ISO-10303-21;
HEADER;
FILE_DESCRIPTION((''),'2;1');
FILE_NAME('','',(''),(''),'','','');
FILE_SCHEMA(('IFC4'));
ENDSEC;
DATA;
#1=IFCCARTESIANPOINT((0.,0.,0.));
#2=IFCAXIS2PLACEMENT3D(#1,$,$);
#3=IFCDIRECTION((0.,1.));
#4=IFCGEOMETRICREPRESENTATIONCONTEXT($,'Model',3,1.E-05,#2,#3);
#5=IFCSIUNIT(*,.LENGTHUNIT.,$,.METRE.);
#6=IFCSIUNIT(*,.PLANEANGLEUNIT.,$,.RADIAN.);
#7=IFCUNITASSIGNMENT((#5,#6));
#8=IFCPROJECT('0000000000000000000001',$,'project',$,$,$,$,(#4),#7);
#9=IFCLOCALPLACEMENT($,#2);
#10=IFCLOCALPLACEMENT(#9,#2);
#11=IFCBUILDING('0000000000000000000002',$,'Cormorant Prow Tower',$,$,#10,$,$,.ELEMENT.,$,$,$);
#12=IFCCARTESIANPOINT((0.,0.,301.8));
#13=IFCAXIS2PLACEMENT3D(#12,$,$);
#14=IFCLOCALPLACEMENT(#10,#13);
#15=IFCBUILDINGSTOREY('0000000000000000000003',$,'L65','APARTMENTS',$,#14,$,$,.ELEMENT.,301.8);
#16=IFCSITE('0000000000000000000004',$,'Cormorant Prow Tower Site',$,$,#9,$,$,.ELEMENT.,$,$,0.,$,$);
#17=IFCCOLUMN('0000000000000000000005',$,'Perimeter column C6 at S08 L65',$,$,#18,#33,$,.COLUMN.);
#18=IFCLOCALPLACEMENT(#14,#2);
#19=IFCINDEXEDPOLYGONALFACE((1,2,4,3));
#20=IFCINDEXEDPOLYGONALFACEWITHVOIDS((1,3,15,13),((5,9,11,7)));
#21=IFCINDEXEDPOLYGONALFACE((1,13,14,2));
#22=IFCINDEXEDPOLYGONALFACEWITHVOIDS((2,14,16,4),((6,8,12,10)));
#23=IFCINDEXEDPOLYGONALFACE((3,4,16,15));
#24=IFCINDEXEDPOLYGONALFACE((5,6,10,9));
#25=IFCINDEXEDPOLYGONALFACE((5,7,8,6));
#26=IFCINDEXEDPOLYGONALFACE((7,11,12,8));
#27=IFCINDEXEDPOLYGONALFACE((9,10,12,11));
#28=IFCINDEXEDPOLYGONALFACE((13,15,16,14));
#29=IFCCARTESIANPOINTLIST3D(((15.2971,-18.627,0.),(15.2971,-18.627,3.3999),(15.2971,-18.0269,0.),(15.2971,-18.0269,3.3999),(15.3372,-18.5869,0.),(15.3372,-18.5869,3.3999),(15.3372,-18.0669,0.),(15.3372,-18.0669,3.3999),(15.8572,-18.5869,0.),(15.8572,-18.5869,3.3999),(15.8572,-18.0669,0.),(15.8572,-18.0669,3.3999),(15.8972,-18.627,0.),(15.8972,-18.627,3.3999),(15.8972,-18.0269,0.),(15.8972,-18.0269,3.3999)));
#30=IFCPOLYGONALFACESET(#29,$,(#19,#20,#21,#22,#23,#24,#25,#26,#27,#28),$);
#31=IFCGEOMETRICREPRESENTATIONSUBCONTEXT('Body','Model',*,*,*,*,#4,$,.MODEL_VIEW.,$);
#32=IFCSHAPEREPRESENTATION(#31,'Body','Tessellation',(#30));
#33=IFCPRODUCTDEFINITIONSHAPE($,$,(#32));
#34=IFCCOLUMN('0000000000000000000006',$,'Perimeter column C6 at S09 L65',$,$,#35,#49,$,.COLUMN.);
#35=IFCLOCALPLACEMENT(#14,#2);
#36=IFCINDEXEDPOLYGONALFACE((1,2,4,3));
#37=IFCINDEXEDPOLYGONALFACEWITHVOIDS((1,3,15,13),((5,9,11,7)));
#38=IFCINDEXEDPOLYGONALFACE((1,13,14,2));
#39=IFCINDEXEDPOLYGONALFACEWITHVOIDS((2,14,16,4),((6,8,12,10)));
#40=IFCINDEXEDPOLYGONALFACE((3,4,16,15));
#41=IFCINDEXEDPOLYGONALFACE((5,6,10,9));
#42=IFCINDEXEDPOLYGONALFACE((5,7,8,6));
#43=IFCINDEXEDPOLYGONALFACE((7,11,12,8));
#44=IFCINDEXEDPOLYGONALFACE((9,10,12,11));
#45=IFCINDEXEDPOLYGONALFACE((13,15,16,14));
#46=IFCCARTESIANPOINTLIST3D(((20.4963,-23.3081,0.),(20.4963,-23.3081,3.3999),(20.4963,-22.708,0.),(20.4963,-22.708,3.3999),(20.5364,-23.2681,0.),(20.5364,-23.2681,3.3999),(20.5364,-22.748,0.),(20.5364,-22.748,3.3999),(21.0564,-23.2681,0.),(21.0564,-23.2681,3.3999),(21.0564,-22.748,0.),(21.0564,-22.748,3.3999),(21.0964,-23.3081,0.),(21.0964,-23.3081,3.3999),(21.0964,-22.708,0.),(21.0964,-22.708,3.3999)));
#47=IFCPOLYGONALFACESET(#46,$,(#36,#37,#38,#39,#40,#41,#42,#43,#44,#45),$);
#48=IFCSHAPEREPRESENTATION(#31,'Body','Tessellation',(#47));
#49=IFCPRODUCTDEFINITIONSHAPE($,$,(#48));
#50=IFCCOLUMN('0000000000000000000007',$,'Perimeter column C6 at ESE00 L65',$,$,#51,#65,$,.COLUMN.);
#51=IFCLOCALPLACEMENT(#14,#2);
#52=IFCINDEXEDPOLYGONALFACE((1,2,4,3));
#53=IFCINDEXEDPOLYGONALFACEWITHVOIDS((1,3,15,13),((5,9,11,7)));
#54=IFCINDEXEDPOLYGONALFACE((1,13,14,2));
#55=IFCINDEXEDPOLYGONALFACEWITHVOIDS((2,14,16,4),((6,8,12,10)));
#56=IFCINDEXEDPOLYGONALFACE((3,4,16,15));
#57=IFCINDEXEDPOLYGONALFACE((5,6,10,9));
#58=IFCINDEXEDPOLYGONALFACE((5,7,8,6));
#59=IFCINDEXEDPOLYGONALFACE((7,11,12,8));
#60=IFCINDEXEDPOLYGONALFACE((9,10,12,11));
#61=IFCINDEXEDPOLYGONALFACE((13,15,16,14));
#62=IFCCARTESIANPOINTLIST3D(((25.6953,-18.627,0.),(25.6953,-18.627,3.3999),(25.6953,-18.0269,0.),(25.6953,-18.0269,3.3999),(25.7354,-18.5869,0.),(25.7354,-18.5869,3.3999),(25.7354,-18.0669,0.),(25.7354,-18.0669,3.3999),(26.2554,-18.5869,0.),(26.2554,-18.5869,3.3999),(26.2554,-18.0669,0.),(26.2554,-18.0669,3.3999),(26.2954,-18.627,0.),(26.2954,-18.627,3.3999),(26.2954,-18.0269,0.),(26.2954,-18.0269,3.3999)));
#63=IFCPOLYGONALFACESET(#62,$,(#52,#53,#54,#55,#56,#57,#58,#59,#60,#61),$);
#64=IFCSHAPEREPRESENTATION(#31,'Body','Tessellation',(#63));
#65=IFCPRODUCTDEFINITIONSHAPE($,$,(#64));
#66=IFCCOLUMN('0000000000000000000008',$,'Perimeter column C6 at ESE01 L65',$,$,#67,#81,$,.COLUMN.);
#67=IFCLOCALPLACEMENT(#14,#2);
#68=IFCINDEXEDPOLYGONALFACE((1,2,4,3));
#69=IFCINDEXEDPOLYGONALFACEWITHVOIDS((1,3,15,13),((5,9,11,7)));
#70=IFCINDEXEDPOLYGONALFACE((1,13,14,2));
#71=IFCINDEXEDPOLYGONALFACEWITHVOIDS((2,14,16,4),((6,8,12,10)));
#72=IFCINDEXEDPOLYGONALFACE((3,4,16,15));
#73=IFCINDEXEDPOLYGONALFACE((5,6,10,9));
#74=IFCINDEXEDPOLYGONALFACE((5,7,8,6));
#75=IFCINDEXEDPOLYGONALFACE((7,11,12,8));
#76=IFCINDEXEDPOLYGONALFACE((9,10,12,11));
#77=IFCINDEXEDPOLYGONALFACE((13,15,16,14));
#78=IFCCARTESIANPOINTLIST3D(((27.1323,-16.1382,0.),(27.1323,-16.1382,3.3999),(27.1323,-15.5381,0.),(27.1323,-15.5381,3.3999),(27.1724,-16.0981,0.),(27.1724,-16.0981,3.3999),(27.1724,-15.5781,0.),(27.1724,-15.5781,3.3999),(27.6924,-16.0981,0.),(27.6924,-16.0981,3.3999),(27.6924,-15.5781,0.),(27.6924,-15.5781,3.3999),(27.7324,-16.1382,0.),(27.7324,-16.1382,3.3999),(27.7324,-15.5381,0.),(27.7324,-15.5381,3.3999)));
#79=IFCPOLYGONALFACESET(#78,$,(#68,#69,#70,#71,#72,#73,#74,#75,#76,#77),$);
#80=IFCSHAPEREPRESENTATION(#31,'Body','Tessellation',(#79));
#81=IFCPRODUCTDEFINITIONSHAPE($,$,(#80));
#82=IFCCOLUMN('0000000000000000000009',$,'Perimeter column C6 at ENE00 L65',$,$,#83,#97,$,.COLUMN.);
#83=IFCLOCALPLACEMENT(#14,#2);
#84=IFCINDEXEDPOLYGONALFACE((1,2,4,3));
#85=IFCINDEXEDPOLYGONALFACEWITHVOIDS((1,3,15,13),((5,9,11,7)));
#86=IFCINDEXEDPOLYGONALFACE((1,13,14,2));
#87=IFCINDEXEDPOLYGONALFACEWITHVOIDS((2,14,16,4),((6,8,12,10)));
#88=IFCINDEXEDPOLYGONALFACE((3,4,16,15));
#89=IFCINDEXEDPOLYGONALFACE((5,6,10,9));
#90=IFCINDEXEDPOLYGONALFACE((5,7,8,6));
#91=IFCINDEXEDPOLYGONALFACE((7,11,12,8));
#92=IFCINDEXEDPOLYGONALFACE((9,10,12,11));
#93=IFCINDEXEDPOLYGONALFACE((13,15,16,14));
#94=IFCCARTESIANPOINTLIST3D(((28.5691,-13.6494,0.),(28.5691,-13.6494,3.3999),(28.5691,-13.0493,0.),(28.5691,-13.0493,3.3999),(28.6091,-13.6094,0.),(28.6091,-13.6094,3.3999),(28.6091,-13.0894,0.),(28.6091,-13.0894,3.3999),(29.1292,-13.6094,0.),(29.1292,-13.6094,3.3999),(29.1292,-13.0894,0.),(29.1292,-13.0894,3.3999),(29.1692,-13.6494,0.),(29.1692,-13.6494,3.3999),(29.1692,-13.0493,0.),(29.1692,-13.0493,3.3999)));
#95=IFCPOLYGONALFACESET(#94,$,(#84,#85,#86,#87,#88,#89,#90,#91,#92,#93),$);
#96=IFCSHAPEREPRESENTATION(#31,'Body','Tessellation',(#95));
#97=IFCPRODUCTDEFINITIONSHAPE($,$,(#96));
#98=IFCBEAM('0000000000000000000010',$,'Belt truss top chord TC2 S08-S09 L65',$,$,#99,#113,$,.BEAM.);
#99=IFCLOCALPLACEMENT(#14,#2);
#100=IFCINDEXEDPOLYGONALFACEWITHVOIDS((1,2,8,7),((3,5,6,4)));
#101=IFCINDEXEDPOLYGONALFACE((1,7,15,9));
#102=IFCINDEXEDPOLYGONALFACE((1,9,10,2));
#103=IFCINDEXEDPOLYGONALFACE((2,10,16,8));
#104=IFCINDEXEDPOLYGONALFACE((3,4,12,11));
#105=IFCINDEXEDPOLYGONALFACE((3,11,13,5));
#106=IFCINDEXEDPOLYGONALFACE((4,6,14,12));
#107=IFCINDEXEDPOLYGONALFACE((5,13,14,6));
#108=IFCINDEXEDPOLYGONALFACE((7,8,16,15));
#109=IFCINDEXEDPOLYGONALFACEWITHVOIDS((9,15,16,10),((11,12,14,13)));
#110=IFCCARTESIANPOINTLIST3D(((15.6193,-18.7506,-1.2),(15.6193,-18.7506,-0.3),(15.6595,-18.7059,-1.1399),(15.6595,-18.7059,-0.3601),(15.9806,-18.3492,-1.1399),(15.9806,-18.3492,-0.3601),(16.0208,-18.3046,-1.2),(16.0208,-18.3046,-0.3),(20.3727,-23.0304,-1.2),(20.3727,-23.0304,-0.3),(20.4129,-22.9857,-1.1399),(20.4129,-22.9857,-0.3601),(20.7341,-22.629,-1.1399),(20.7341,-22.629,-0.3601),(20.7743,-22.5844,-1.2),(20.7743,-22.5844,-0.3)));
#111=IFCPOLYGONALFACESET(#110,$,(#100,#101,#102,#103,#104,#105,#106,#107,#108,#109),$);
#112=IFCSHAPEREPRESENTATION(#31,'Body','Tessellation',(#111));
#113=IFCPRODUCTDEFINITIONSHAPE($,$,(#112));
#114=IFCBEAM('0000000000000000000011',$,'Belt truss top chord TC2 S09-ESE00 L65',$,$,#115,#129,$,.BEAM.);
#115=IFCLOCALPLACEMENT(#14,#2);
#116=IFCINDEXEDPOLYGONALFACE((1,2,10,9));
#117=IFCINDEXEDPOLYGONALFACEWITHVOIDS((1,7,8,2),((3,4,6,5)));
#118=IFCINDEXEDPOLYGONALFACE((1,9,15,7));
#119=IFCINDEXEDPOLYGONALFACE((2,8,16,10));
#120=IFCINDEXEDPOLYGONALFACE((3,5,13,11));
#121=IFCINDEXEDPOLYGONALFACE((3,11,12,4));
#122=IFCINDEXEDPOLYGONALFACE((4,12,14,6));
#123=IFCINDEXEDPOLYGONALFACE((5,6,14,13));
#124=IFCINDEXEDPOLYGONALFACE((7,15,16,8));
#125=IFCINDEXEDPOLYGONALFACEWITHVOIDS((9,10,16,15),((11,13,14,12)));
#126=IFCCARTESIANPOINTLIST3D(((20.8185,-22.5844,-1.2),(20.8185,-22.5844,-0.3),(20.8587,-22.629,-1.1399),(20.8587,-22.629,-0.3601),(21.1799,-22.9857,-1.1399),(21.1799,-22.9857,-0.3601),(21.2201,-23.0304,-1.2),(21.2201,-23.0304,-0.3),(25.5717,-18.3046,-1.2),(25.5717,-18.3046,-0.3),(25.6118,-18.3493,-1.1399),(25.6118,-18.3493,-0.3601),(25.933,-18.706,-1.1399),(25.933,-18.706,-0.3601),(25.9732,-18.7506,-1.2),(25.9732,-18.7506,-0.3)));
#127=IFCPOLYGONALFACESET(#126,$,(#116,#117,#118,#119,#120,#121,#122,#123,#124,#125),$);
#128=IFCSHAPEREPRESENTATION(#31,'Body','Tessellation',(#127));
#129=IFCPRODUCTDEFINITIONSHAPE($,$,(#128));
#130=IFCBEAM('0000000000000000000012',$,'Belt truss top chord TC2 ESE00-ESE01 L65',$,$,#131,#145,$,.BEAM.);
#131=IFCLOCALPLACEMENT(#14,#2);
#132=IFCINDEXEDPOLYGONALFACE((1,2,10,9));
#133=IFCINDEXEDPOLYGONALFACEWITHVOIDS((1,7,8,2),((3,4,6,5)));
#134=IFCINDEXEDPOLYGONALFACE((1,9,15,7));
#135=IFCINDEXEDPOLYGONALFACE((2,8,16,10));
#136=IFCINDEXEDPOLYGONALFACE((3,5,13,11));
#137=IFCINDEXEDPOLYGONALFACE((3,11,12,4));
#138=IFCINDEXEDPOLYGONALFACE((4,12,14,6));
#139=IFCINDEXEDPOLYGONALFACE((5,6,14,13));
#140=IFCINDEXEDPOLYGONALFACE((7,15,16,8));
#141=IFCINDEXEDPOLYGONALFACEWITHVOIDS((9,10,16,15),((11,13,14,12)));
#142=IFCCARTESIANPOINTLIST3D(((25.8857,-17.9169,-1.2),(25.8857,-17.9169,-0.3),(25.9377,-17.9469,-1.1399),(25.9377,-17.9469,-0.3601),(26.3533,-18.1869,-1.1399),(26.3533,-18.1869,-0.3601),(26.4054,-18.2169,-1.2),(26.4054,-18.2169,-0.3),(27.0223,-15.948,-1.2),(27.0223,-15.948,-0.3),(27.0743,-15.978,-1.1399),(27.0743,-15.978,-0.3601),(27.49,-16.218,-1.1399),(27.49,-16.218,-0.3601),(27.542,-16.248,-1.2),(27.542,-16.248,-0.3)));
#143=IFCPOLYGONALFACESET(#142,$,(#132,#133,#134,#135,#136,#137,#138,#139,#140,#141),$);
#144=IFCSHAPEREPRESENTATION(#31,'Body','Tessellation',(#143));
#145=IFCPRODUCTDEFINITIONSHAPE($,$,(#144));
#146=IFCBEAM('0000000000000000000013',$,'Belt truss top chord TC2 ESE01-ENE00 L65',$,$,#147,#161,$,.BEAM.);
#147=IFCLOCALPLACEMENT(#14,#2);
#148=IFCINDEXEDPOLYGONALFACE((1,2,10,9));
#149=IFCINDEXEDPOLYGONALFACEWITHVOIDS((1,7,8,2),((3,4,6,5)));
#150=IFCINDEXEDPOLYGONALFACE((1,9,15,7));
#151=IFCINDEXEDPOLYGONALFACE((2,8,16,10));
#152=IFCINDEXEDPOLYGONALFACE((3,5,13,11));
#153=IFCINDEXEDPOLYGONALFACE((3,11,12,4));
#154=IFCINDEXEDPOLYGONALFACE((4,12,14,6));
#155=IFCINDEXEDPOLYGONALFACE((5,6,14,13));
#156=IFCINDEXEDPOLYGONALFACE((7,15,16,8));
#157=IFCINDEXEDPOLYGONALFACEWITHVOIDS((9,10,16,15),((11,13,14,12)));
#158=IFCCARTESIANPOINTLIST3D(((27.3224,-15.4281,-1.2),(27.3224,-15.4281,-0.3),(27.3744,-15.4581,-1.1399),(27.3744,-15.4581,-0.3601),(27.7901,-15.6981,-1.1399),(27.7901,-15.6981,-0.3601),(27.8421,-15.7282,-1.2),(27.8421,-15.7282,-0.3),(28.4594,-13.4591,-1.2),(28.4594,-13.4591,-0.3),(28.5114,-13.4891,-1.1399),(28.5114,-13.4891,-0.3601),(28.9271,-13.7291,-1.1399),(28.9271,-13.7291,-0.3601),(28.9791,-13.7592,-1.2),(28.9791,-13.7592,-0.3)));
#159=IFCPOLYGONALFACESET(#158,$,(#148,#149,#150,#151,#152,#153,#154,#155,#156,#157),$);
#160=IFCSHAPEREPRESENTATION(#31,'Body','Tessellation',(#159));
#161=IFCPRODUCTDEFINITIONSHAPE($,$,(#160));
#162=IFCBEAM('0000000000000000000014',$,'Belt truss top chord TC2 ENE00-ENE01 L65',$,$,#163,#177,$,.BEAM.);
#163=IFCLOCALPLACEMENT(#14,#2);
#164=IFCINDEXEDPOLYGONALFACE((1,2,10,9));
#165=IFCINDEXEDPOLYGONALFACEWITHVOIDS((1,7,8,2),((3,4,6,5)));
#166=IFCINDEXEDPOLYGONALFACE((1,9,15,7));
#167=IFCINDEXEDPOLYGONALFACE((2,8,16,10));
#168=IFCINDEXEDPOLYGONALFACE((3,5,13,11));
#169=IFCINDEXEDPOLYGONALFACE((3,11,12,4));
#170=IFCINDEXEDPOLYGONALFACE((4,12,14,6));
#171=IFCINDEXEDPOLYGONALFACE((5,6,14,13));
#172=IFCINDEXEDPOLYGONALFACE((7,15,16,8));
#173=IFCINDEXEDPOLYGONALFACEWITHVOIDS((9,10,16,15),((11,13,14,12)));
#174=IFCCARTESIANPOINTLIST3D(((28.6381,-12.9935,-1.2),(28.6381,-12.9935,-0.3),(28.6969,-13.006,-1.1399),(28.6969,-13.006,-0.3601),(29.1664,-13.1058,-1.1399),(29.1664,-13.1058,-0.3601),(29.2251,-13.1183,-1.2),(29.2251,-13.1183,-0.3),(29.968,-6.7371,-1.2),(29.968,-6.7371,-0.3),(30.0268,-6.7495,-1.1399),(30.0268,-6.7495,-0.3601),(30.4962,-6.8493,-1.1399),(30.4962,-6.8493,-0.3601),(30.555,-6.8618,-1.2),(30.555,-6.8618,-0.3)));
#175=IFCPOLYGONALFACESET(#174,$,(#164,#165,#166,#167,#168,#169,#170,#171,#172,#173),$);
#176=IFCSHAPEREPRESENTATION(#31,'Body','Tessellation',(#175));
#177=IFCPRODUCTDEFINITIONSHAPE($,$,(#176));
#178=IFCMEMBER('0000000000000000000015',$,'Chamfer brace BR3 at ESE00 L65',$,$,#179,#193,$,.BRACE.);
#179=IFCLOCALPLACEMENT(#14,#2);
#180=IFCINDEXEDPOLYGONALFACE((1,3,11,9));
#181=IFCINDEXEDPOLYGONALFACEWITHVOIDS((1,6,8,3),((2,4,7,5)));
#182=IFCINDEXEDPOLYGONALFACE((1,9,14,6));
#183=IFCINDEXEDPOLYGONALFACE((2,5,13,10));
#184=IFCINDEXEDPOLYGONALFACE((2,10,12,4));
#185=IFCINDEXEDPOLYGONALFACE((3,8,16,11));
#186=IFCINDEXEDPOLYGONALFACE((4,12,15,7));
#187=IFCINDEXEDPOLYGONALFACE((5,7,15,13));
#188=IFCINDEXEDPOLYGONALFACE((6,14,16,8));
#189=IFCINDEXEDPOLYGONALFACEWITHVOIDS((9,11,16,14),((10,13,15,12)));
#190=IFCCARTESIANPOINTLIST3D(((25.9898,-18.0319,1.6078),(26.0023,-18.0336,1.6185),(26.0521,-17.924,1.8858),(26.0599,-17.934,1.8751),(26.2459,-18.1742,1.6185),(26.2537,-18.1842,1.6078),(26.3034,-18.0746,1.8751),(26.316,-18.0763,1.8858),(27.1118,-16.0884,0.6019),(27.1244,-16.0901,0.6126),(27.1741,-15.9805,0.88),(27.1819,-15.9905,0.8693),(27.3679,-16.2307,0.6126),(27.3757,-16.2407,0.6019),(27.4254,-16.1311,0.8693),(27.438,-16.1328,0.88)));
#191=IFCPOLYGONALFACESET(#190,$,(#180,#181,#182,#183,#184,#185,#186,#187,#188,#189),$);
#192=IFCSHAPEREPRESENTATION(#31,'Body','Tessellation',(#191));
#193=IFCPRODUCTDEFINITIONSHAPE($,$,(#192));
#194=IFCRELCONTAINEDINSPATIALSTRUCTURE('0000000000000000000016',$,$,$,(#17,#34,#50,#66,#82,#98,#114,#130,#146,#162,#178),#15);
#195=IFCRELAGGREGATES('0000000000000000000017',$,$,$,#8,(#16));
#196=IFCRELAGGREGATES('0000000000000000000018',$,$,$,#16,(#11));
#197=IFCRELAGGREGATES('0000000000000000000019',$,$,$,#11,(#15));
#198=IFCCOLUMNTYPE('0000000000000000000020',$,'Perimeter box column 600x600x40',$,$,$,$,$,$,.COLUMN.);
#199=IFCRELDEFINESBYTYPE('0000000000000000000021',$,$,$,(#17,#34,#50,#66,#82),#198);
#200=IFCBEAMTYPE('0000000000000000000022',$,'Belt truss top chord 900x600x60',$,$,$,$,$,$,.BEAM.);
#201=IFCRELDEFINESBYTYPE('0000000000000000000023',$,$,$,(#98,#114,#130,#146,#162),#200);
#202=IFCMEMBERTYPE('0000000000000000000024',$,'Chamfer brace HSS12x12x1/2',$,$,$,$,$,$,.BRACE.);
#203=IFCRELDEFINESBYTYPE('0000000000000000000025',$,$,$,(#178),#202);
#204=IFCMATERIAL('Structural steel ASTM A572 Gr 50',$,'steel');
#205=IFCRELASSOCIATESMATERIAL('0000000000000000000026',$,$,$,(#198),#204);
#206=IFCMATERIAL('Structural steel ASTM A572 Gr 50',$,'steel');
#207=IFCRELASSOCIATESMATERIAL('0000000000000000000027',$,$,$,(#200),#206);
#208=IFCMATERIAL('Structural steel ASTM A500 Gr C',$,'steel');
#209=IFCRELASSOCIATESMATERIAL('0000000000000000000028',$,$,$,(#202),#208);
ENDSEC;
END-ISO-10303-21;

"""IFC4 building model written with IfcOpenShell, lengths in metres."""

from ifc_helpers import new_model, si_unit, direction, frame, origin, origin_2d, place, context, subcontext, project, spatial, hollow_rectangle, extrude, material, material_profile, profile_set, type_object, element, save


model = new_model("IFC4")

# Units and contexts
model_context = context("Model", 3, precision=1e-05, world=origin(), true_north=direction((0.0, 1.0)))
body_context = subcontext(model_context, "Body", "Model", "MODEL_VIEW")
ifc_project = project(units=[si_unit("LENGTHUNIT", "METRE"), si_unit("PLANEANGLEUNIT", "RADIAN")], contexts=[model_context])

# Site, building, storey
site_placement = place(None, origin())
site = spatial("IfcSite", under=ifc_project, at=site_placement, Name="Cormorant Prow Tower Site", CompositionType="ELEMENT", RefElevation=0.0)
building_placement = place(site_placement, origin())
building = spatial("IfcBuilding", under=site, at=building_placement, Name="Cormorant Prow Tower", CompositionType="ELEMENT")
storey_placement = place(building_placement, frame((0.0, 0.0, 301.8)))
storey = spatial("IfcBuildingStorey", under=building, at=storey_placement, Name="L65", Description="APARTMENTS", CompositionType="ELEMENT", Elevation=301.8)

# Columns
ifc_material_1 = material(Name="Structural steel ASTM A572 Gr 50", Category="steel")
ifc_material_profile_1 = material_profile(ifc_material_1, hollow_rectangle(XDim=0.6001, YDim=0.6001, WallThickness=0.04, at=origin_2d()), Name="Box 600x600x40")
ifc_profile_set_1 = profile_set([ifc_material_profile_1], Name="Structural steel ASTM A572 Gr 50")
column_type = type_object("IfcColumnType", Name="Perimeter box column 600x600x40", PredefinedType="COLUMN", material=ifc_profile_set_1)
for number, where, z_axis, x_axis, name in (
    (1, (15.5972, -18.3269, 0.0), (0.0, 0.0, 1.0), (1.0, 0.0, 0.0), "Perimeter column C6 at S08 L65"),
    (2, (20.7964, -23.0081, 0.0), (0.0, 0.0, 1.0), (1.0, 0.0, 0.0), "Perimeter column C6 at S09 L65"),
    (3, (25.9954, -18.3269, 0.0), (0.0, 0.0, 1.0), (1.0, 0.0, 0.0), "Perimeter column C6 at ESE00 L65"),
    (4, (27.4324, -15.8381, 0.0), (0.0, 0.0, 1.0), (1.0, 0.0, 0.0), "Perimeter column C6 at ESE01 L65"),
    (5, (28.8691, -13.3494, 0.0), (0.0, 0.0, 1.0), (1.0, 0.0, 0.0), "Perimeter column C6 at ENE00 L65"),
):
    element("IfcColumn", number, at=place(storey_placement, frame(where, z_axis=z_axis, x_axis=x_axis)), inside=storey, type_object=column_type, Name=name, PredefinedType="COLUMN", context=body_context, shape_type="SweptSolid", body=[
        extrude(hollow_rectangle(XDim=0.6001, YDim=0.6001, WallThickness=0.04, at=origin_2d()), origin(), (0.0, 0.0, 1.0), 3.3999),
    ])

# Beams
ifc_material_2 = material(Name="Structural steel ASTM A572 Gr 50", Category="steel")
ifc_material_profile_2 = material_profile(ifc_material_2, hollow_rectangle(XDim=0.6001, YDim=0.8999, WallThickness=0.0601, at=origin_2d()), Name="Box 900x600x60")
ifc_profile_set_2 = profile_set([ifc_material_profile_2], Name="Structural steel ASTM A572 Gr 50")
beam_type = type_object("IfcBeamType", Name="Belt truss top chord 900x600x60", PredefinedType="BEAM", material=ifc_profile_set_2)
beam_1_placement = place(storey_placement, frame((15.8201, -18.5276, -0.75), z_axis=(0.743161, -0.669112, 0.0), x_axis=(0.669112, 0.743161, 0.0)))
element("IfcBeam", 6, at=beam_1_placement, inside=storey, type_object=beam_type, Name="Belt truss top chord TC2 S08-S09 L65", PredefinedType="BEAM", context=body_context, shape_type="SweptSolid", body=[
    extrude(hollow_rectangle(XDim=0.6001, YDim=0.8999, WallThickness=0.0601, at=origin_2d()), origin(), (0.0, 0.0, 1.0), 6.3962),
])
beam_2_placement = place(storey_placement, frame((21.0193, -22.8074, -0.75), z_axis=(0.743144, 0.669131, 0.0), x_axis=(-0.669131, 0.743144, 0.0)))
element("IfcBeam", 7, at=beam_2_placement, inside=storey, type_object=beam_type, Name="Belt truss top chord TC2 S09-ESE00 L65", PredefinedType="BEAM", context=body_context, shape_type="SweptSolid", body=[
    extrude(hollow_rectangle(XDim=0.6001, YDim=0.8999, WallThickness=0.0601, at=origin_2d()), origin(), (0.0, 0.0, 1.0), 6.396),
])
beam_3_placement = place(storey_placement, frame((26.1455, -18.0669, -0.75), z_axis=(0.499973, 0.866041, 0.0), x_axis=(-0.866041, 0.499973, 0.0)))
element("IfcBeam", 8, at=beam_3_placement, inside=storey, type_object=beam_type, Name="Belt truss top chord TC2 ESE00-ESE01 L65", PredefinedType="BEAM", context=body_context, shape_type="SweptSolid", body=[
    extrude(hollow_rectangle(XDim=0.6001, YDim=0.8999, WallThickness=0.0601, at=origin_2d()), origin(), (0.0, 0.0, 1.0), 2.2734),
])
beam_4_placement = place(storey_placement, frame((27.5823, -15.5781, -0.75), z_axis=(0.500054, 0.865994, 0.0), x_axis=(-0.865994, 0.500054, 0.0)))
element("IfcBeam", 9, at=beam_4_placement, inside=storey, type_object=beam_type, Name="Belt truss top chord TC2 ESE01-ENE00 L65", PredefinedType="BEAM", context=body_context, shape_type="SweptSolid", body=[
    extrude(hollow_rectangle(XDim=0.6001, YDim=0.8999, WallThickness=0.0601, at=origin_2d()), origin(), (0.0, 0.0, 1.0), 2.2737),
])
beam_5_placement = place(storey_placement, frame((28.9316, -13.0559, -0.75), z_axis=(0.207913, 0.978147, 0.0), x_axis=(-0.978147, 0.207913, 0.0)))
element("IfcBeam", 10, at=beam_5_placement, inside=storey, type_object=beam_type, Name="Belt truss top chord TC2 ENE00-ENE01 L65", PredefinedType="BEAM", context=body_context, shape_type="SweptSolid", body=[
    extrude(hollow_rectangle(XDim=0.6001, YDim=0.8999, WallThickness=0.0601, at=origin_2d()), origin(), (0.0, 0.0, 1.0), 6.3962),
])

# Member
ifc_material_3 = material(Name="Structural steel ASTM A500 Gr C", Category="steel")
ifc_material_profile_3 = material_profile(ifc_material_3, hollow_rectangle(XDim=0.3047, YDim=0.3047, WallThickness=0.0117, at=origin_2d()), Name="HSS12x12x1/2")
ifc_profile_set_3 = profile_set([ifc_material_profile_3], Name="Structural steel ASTM A500 Gr C")
member_type_1 = type_object("IfcMemberType", Name="Chamfer brace HSS12x12x1/2", PredefinedType="BRACE", material=ifc_profile_set_3)
for number, where, z_axis, x_axis, name in (
    (11, (27.2749, -16.1106, 0.741), (-0.456247, -0.790292, 0.408994), (0.866039, -0.499977, 0.0), "Chamfer brace BR3 at ESE00 L65"),
):
    element("IfcMember", number, at=place(storey_placement, frame(where, z_axis=z_axis, x_axis=x_axis)), inside=storey, type_object=member_type_1, Name=name, PredefinedType="BRACE", context=body_context, shape_type="SweptSolid", body=[
        extrude(hollow_rectangle(XDim=0.3047, YDim=0.3047, WallThickness=0.0117, at=origin_2d()), origin(), (0.0, 0.0, 1.0), 2.4592),
    ])

save(model, "model.ifc")
